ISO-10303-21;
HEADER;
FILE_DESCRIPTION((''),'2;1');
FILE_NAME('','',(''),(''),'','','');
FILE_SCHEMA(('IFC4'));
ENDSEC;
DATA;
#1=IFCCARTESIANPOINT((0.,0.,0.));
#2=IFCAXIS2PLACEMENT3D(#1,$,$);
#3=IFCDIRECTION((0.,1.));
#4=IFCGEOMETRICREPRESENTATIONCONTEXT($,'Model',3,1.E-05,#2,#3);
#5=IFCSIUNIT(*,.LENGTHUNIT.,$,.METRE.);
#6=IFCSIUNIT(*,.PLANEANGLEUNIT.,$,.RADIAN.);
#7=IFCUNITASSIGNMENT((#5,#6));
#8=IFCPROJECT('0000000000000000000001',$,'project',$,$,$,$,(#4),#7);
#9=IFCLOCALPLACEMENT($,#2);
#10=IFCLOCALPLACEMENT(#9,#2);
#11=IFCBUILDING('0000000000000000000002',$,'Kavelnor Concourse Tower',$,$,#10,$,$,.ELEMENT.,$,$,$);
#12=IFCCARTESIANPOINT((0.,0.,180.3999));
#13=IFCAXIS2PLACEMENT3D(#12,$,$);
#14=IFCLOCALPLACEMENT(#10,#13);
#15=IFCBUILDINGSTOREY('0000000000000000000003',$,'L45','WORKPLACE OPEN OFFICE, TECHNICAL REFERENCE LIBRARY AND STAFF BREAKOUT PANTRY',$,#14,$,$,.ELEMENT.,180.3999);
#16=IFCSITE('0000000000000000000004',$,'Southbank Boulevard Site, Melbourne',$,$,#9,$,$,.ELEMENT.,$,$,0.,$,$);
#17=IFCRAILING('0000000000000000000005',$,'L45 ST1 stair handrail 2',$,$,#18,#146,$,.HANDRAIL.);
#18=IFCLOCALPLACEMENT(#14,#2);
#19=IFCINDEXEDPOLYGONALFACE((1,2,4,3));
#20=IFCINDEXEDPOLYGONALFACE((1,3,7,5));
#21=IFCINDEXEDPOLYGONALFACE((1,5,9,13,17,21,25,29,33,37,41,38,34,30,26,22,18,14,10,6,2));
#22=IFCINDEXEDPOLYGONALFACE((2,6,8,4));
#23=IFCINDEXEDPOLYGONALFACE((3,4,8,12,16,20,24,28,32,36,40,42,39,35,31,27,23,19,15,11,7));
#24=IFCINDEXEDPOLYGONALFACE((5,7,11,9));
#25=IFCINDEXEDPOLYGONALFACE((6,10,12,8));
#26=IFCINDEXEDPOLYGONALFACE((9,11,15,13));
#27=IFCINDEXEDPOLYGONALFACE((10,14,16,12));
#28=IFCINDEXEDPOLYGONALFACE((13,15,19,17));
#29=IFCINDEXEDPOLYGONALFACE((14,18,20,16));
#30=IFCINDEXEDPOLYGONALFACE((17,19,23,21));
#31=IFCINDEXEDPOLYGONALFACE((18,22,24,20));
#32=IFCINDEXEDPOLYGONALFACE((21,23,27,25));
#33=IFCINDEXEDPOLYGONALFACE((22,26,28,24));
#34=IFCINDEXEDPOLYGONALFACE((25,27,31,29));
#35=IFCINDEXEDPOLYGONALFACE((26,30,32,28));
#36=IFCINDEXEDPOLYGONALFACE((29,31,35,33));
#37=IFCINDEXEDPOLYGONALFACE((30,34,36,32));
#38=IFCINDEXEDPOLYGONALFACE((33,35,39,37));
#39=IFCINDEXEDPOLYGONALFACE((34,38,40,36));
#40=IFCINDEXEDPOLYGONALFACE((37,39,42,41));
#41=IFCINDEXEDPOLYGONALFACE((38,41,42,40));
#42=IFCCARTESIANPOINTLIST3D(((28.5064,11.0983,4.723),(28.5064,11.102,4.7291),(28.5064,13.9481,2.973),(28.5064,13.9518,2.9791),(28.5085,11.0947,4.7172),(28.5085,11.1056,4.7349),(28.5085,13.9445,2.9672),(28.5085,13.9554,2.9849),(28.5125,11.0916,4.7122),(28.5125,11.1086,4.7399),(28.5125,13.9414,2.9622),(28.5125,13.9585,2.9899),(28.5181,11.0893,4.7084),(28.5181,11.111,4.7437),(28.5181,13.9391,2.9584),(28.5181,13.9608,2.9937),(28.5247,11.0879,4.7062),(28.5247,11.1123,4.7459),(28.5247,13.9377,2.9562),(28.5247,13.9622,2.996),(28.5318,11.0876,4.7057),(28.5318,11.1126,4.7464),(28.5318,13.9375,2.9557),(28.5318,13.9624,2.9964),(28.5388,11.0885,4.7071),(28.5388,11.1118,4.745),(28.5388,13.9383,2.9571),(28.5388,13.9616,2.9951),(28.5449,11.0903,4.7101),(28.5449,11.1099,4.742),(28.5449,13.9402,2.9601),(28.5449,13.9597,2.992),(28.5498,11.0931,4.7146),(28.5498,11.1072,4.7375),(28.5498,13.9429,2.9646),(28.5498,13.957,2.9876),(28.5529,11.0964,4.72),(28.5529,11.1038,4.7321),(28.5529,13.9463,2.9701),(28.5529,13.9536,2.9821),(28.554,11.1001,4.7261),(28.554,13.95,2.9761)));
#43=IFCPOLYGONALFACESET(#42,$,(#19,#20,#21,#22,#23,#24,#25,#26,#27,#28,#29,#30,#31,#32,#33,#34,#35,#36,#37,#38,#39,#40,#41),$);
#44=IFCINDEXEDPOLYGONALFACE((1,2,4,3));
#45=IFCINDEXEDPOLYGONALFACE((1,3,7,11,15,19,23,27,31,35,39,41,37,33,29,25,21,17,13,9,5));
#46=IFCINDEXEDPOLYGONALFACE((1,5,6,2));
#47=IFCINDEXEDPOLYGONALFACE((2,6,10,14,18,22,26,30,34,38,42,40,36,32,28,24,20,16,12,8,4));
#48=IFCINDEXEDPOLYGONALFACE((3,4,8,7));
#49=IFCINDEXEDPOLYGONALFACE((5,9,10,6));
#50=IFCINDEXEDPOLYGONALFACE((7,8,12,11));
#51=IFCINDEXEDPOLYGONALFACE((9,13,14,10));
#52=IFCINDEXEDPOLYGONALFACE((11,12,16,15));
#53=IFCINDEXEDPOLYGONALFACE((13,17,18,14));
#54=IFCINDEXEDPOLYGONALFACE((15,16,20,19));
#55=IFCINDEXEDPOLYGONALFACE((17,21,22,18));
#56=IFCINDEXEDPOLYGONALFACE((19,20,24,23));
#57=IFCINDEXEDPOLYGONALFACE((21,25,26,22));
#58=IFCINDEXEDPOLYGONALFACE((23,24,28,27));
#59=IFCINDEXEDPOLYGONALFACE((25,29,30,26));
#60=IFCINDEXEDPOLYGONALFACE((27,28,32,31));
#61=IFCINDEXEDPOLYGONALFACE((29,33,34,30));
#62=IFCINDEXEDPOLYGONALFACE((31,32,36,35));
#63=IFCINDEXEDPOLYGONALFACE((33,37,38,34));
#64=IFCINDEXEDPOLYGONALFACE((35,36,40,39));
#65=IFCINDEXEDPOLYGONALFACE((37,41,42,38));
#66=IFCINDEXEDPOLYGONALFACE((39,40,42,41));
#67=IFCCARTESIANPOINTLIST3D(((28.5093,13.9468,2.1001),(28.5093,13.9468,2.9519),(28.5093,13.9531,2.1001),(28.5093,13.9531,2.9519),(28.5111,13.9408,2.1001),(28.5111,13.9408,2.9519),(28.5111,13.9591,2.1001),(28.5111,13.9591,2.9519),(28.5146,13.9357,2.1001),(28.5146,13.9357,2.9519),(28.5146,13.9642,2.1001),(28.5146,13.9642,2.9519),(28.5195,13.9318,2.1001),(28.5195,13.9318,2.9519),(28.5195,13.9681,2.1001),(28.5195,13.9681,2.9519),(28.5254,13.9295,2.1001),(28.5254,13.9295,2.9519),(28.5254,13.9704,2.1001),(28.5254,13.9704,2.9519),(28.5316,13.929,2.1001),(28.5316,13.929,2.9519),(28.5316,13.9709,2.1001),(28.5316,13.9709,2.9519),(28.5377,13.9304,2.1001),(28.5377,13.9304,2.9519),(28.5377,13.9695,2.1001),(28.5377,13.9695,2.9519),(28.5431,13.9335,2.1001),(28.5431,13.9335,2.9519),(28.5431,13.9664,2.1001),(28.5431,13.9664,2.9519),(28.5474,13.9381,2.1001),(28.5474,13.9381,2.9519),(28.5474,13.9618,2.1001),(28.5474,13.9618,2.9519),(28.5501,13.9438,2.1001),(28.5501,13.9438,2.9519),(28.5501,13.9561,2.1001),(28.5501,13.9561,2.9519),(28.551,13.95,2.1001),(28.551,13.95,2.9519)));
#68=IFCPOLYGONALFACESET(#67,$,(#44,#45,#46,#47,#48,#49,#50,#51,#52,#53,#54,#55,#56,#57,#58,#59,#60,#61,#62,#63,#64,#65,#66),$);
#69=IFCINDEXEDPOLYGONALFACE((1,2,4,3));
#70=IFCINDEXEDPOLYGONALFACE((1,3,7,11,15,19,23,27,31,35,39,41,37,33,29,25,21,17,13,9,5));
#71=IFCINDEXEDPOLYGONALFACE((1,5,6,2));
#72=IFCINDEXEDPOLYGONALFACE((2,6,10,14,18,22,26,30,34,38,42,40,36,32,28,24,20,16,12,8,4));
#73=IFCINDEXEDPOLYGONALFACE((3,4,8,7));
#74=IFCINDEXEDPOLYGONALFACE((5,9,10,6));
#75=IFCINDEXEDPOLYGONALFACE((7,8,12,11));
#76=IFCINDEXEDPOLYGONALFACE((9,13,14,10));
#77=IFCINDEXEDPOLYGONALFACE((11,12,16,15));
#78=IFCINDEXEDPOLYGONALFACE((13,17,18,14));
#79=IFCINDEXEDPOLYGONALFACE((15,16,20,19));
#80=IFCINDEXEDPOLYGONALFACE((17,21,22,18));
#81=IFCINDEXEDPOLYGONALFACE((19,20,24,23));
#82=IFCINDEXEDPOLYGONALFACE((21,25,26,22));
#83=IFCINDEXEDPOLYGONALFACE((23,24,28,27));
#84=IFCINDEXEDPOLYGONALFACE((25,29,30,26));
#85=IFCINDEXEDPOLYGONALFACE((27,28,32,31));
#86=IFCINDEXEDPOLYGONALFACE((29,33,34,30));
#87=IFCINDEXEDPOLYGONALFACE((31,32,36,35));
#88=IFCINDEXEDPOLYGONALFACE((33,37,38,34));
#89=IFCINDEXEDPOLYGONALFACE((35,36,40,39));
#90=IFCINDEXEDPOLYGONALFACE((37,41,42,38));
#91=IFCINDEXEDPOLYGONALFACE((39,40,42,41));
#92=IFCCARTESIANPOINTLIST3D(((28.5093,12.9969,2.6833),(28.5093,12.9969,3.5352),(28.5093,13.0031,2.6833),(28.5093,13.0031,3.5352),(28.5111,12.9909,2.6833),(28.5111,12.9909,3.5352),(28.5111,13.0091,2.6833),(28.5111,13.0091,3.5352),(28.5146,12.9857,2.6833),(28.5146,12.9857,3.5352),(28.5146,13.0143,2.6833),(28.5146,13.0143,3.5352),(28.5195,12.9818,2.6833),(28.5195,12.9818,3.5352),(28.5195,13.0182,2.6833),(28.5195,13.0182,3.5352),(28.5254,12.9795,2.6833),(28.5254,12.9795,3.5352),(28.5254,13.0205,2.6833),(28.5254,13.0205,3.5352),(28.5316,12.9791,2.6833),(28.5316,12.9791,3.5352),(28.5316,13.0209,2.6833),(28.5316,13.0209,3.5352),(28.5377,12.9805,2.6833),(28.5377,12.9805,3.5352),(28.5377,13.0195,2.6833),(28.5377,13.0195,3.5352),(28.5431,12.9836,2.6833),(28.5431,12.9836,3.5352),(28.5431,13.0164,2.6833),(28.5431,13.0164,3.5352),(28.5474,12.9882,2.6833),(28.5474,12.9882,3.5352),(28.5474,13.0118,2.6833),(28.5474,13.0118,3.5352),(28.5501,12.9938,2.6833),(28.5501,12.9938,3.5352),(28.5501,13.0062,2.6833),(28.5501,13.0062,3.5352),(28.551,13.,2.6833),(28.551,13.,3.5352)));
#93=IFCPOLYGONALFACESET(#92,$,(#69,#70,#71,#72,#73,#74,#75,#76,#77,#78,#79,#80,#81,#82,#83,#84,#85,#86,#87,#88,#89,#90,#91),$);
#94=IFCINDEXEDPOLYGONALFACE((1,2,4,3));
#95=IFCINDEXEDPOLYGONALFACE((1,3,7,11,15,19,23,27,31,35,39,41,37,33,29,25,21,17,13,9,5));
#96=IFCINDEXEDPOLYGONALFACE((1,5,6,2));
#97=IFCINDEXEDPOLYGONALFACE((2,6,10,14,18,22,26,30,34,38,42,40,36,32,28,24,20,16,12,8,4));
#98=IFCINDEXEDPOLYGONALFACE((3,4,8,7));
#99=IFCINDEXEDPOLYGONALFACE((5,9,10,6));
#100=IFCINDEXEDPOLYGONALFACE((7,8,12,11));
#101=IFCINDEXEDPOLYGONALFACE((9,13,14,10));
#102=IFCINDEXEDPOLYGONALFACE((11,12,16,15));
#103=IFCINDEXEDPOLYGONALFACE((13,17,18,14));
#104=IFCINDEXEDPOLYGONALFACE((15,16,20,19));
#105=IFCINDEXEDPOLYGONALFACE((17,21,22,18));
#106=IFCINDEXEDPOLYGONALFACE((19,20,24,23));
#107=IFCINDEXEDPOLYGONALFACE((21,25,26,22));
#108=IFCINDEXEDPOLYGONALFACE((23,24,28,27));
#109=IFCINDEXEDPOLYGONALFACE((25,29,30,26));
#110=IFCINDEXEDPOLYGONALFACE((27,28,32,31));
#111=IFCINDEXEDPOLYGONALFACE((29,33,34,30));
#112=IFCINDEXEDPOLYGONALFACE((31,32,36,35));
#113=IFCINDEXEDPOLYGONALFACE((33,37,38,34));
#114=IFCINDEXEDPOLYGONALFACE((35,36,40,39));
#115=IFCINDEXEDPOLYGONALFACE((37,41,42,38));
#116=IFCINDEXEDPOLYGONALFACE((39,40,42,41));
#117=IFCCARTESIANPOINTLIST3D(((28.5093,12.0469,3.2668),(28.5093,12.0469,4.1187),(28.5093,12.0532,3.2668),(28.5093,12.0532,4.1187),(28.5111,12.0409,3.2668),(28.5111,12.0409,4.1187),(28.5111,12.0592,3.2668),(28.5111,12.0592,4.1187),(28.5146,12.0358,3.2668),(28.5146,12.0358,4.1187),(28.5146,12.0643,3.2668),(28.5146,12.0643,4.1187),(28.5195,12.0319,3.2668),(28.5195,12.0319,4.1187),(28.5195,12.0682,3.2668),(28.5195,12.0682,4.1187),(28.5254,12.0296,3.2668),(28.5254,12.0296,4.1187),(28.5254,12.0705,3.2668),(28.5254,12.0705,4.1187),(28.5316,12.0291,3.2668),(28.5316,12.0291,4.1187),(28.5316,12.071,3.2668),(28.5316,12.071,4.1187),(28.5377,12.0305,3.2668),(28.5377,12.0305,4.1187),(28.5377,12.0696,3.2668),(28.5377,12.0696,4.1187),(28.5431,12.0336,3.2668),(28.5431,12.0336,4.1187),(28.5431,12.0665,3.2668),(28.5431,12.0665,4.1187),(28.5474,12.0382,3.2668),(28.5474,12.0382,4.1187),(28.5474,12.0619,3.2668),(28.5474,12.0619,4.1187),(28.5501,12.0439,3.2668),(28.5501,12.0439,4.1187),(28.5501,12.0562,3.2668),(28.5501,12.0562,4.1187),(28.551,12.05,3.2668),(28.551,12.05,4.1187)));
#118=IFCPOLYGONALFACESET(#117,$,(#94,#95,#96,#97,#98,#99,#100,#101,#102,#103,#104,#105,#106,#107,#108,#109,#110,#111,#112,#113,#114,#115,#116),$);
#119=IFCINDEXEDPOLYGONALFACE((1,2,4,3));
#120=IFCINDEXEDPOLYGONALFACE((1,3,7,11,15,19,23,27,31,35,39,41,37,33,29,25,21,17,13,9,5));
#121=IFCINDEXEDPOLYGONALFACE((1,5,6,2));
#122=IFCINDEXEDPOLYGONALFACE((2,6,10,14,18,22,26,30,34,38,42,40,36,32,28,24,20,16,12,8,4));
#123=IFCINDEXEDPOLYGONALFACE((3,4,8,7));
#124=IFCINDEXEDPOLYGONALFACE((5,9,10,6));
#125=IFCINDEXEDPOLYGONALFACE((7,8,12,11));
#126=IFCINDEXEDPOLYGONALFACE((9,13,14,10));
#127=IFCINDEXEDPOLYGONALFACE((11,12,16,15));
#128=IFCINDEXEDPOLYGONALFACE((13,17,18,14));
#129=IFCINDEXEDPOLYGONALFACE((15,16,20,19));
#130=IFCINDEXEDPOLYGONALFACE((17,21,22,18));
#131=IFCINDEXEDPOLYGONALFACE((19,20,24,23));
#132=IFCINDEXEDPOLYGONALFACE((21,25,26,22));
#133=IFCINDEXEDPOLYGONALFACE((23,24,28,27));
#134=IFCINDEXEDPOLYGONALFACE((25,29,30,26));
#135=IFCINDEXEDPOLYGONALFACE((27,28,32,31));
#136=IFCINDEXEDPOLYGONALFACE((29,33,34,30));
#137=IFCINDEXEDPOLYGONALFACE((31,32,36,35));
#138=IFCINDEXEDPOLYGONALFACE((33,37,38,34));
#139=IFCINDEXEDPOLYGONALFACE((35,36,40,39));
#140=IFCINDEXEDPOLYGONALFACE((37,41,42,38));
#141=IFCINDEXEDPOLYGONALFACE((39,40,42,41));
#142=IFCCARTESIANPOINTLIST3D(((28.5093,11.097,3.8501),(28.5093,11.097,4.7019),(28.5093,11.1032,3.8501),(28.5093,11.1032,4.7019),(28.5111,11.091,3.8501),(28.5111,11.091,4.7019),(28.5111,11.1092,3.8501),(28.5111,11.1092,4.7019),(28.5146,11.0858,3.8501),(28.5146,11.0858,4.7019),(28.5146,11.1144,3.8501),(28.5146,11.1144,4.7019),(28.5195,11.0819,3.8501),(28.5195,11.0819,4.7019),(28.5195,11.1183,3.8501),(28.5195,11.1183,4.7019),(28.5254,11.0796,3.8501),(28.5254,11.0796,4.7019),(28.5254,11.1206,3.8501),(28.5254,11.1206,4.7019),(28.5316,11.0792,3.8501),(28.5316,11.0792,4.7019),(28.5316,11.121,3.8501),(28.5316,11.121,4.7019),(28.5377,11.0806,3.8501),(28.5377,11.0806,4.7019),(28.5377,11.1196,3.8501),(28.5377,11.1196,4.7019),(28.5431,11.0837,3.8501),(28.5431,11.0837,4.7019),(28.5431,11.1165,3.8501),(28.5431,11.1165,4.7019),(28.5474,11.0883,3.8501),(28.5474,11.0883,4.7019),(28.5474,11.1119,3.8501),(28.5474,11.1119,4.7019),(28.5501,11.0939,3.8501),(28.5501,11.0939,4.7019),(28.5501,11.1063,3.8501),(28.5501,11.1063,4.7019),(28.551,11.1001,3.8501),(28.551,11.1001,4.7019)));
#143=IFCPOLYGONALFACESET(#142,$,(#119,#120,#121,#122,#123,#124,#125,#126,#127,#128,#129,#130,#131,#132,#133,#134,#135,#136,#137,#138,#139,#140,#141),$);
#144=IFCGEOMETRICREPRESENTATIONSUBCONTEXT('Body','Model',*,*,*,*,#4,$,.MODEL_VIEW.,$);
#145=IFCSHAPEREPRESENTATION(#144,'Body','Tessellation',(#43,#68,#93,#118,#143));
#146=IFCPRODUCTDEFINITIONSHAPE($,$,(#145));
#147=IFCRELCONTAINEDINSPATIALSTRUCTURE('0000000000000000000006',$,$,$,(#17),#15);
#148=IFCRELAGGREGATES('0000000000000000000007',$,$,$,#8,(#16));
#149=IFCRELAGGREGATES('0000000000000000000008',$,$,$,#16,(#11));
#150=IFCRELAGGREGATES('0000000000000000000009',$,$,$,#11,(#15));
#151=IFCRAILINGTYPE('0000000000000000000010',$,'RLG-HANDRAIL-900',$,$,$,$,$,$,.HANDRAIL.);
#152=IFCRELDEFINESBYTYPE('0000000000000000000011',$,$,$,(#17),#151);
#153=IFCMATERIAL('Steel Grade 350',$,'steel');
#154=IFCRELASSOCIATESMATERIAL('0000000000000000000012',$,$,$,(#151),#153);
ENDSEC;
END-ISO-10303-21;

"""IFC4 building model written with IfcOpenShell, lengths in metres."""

from ifc_helpers import new_model, si_unit, direction, frame, origin, origin_2d, place, context, subcontext, project, spatial, circle, extrude, material, type_object, element, save


model = new_model("IFC4")

# Units and contexts
model_context = context("Model", 3, precision=1e-05, world=origin(), true_north=direction((0.0, 1.0)))
body_context = subcontext(model_context, "Body", "Model", "MODEL_VIEW")
ifc_project = project(units=[si_unit("LENGTHUNIT", "METRE"), si_unit("PLANEANGLEUNIT", "RADIAN")], contexts=[model_context])

# Site, building, storey
site_placement = place(None, origin())
site = spatial("IfcSite", under=ifc_project, at=site_placement, Name="Southbank Boulevard Site, Melbourne", CompositionType="ELEMENT", RefElevation=0.0)
building_placement = place(site_placement, origin())
building = spatial("IfcBuilding", under=site, at=building_placement, Name="Kavelnor Concourse Tower", CompositionType="ELEMENT")
storey_placement = place(building_placement, frame((0.0, 0.0, 180.3999)))
storey = spatial("IfcBuildingStorey", under=building, at=storey_placement, Name="L45", Description="WORKPLACE OPEN OFFICE, TECHNICAL REFERENCE LIBRARY AND STAFF BREAKOUT PANTRY", CompositionType="ELEMENT", Elevation=180.3999)

# Shared definitions
ifc_material_1 = material(Name="Steel Grade 350", Category="steel")

# Railing
railing_type_1 = type_object("IfcRailingType", Name="RLG-HANDRAIL-900", PredefinedType="HANDRAIL", material=ifc_material_1)
railing_1_placement = place(storey_placement, frame((28.53, 13.95, 2.1001)))
element("IfcRailing", 1, at=railing_1_placement, inside=storey, type_object=railing_type_1, Name="L45 ST1 stair handrail 2", PredefinedType="HANDRAIL", context=body_context, shape_type="SweptSolid", body=[
    extrude(circle(Radius=0.0239, at=origin_2d()), frame((0.0, 0.0, 0.876), z_axis=(0.0, -0.852159, 0.523283), x_axis=(1.0, 0.0, 0.0)), (0.0, 0.0, 1.0), 3.3442),
    extrude(circle(Radius=0.021, at=origin_2d()), origin(), (0.0, 0.0, 1.0), 0.8518),
    extrude(circle(Radius=0.021, at=origin_2d()), frame((0.0, -0.95, 0.5833)), (0.0, 0.0, 1.0), 0.8518),
    extrude(circle(Radius=0.021, at=origin_2d()), frame((0.0, -1.8999, 1.1667)), (0.0, 0.0, 1.0), 0.8518),
    extrude(circle(Radius=0.021, at=origin_2d()), frame((0.0, -2.8499, 1.75)), (0.0, 0.0, 1.0), 0.8518),
])

save(model, "model.ifc")
